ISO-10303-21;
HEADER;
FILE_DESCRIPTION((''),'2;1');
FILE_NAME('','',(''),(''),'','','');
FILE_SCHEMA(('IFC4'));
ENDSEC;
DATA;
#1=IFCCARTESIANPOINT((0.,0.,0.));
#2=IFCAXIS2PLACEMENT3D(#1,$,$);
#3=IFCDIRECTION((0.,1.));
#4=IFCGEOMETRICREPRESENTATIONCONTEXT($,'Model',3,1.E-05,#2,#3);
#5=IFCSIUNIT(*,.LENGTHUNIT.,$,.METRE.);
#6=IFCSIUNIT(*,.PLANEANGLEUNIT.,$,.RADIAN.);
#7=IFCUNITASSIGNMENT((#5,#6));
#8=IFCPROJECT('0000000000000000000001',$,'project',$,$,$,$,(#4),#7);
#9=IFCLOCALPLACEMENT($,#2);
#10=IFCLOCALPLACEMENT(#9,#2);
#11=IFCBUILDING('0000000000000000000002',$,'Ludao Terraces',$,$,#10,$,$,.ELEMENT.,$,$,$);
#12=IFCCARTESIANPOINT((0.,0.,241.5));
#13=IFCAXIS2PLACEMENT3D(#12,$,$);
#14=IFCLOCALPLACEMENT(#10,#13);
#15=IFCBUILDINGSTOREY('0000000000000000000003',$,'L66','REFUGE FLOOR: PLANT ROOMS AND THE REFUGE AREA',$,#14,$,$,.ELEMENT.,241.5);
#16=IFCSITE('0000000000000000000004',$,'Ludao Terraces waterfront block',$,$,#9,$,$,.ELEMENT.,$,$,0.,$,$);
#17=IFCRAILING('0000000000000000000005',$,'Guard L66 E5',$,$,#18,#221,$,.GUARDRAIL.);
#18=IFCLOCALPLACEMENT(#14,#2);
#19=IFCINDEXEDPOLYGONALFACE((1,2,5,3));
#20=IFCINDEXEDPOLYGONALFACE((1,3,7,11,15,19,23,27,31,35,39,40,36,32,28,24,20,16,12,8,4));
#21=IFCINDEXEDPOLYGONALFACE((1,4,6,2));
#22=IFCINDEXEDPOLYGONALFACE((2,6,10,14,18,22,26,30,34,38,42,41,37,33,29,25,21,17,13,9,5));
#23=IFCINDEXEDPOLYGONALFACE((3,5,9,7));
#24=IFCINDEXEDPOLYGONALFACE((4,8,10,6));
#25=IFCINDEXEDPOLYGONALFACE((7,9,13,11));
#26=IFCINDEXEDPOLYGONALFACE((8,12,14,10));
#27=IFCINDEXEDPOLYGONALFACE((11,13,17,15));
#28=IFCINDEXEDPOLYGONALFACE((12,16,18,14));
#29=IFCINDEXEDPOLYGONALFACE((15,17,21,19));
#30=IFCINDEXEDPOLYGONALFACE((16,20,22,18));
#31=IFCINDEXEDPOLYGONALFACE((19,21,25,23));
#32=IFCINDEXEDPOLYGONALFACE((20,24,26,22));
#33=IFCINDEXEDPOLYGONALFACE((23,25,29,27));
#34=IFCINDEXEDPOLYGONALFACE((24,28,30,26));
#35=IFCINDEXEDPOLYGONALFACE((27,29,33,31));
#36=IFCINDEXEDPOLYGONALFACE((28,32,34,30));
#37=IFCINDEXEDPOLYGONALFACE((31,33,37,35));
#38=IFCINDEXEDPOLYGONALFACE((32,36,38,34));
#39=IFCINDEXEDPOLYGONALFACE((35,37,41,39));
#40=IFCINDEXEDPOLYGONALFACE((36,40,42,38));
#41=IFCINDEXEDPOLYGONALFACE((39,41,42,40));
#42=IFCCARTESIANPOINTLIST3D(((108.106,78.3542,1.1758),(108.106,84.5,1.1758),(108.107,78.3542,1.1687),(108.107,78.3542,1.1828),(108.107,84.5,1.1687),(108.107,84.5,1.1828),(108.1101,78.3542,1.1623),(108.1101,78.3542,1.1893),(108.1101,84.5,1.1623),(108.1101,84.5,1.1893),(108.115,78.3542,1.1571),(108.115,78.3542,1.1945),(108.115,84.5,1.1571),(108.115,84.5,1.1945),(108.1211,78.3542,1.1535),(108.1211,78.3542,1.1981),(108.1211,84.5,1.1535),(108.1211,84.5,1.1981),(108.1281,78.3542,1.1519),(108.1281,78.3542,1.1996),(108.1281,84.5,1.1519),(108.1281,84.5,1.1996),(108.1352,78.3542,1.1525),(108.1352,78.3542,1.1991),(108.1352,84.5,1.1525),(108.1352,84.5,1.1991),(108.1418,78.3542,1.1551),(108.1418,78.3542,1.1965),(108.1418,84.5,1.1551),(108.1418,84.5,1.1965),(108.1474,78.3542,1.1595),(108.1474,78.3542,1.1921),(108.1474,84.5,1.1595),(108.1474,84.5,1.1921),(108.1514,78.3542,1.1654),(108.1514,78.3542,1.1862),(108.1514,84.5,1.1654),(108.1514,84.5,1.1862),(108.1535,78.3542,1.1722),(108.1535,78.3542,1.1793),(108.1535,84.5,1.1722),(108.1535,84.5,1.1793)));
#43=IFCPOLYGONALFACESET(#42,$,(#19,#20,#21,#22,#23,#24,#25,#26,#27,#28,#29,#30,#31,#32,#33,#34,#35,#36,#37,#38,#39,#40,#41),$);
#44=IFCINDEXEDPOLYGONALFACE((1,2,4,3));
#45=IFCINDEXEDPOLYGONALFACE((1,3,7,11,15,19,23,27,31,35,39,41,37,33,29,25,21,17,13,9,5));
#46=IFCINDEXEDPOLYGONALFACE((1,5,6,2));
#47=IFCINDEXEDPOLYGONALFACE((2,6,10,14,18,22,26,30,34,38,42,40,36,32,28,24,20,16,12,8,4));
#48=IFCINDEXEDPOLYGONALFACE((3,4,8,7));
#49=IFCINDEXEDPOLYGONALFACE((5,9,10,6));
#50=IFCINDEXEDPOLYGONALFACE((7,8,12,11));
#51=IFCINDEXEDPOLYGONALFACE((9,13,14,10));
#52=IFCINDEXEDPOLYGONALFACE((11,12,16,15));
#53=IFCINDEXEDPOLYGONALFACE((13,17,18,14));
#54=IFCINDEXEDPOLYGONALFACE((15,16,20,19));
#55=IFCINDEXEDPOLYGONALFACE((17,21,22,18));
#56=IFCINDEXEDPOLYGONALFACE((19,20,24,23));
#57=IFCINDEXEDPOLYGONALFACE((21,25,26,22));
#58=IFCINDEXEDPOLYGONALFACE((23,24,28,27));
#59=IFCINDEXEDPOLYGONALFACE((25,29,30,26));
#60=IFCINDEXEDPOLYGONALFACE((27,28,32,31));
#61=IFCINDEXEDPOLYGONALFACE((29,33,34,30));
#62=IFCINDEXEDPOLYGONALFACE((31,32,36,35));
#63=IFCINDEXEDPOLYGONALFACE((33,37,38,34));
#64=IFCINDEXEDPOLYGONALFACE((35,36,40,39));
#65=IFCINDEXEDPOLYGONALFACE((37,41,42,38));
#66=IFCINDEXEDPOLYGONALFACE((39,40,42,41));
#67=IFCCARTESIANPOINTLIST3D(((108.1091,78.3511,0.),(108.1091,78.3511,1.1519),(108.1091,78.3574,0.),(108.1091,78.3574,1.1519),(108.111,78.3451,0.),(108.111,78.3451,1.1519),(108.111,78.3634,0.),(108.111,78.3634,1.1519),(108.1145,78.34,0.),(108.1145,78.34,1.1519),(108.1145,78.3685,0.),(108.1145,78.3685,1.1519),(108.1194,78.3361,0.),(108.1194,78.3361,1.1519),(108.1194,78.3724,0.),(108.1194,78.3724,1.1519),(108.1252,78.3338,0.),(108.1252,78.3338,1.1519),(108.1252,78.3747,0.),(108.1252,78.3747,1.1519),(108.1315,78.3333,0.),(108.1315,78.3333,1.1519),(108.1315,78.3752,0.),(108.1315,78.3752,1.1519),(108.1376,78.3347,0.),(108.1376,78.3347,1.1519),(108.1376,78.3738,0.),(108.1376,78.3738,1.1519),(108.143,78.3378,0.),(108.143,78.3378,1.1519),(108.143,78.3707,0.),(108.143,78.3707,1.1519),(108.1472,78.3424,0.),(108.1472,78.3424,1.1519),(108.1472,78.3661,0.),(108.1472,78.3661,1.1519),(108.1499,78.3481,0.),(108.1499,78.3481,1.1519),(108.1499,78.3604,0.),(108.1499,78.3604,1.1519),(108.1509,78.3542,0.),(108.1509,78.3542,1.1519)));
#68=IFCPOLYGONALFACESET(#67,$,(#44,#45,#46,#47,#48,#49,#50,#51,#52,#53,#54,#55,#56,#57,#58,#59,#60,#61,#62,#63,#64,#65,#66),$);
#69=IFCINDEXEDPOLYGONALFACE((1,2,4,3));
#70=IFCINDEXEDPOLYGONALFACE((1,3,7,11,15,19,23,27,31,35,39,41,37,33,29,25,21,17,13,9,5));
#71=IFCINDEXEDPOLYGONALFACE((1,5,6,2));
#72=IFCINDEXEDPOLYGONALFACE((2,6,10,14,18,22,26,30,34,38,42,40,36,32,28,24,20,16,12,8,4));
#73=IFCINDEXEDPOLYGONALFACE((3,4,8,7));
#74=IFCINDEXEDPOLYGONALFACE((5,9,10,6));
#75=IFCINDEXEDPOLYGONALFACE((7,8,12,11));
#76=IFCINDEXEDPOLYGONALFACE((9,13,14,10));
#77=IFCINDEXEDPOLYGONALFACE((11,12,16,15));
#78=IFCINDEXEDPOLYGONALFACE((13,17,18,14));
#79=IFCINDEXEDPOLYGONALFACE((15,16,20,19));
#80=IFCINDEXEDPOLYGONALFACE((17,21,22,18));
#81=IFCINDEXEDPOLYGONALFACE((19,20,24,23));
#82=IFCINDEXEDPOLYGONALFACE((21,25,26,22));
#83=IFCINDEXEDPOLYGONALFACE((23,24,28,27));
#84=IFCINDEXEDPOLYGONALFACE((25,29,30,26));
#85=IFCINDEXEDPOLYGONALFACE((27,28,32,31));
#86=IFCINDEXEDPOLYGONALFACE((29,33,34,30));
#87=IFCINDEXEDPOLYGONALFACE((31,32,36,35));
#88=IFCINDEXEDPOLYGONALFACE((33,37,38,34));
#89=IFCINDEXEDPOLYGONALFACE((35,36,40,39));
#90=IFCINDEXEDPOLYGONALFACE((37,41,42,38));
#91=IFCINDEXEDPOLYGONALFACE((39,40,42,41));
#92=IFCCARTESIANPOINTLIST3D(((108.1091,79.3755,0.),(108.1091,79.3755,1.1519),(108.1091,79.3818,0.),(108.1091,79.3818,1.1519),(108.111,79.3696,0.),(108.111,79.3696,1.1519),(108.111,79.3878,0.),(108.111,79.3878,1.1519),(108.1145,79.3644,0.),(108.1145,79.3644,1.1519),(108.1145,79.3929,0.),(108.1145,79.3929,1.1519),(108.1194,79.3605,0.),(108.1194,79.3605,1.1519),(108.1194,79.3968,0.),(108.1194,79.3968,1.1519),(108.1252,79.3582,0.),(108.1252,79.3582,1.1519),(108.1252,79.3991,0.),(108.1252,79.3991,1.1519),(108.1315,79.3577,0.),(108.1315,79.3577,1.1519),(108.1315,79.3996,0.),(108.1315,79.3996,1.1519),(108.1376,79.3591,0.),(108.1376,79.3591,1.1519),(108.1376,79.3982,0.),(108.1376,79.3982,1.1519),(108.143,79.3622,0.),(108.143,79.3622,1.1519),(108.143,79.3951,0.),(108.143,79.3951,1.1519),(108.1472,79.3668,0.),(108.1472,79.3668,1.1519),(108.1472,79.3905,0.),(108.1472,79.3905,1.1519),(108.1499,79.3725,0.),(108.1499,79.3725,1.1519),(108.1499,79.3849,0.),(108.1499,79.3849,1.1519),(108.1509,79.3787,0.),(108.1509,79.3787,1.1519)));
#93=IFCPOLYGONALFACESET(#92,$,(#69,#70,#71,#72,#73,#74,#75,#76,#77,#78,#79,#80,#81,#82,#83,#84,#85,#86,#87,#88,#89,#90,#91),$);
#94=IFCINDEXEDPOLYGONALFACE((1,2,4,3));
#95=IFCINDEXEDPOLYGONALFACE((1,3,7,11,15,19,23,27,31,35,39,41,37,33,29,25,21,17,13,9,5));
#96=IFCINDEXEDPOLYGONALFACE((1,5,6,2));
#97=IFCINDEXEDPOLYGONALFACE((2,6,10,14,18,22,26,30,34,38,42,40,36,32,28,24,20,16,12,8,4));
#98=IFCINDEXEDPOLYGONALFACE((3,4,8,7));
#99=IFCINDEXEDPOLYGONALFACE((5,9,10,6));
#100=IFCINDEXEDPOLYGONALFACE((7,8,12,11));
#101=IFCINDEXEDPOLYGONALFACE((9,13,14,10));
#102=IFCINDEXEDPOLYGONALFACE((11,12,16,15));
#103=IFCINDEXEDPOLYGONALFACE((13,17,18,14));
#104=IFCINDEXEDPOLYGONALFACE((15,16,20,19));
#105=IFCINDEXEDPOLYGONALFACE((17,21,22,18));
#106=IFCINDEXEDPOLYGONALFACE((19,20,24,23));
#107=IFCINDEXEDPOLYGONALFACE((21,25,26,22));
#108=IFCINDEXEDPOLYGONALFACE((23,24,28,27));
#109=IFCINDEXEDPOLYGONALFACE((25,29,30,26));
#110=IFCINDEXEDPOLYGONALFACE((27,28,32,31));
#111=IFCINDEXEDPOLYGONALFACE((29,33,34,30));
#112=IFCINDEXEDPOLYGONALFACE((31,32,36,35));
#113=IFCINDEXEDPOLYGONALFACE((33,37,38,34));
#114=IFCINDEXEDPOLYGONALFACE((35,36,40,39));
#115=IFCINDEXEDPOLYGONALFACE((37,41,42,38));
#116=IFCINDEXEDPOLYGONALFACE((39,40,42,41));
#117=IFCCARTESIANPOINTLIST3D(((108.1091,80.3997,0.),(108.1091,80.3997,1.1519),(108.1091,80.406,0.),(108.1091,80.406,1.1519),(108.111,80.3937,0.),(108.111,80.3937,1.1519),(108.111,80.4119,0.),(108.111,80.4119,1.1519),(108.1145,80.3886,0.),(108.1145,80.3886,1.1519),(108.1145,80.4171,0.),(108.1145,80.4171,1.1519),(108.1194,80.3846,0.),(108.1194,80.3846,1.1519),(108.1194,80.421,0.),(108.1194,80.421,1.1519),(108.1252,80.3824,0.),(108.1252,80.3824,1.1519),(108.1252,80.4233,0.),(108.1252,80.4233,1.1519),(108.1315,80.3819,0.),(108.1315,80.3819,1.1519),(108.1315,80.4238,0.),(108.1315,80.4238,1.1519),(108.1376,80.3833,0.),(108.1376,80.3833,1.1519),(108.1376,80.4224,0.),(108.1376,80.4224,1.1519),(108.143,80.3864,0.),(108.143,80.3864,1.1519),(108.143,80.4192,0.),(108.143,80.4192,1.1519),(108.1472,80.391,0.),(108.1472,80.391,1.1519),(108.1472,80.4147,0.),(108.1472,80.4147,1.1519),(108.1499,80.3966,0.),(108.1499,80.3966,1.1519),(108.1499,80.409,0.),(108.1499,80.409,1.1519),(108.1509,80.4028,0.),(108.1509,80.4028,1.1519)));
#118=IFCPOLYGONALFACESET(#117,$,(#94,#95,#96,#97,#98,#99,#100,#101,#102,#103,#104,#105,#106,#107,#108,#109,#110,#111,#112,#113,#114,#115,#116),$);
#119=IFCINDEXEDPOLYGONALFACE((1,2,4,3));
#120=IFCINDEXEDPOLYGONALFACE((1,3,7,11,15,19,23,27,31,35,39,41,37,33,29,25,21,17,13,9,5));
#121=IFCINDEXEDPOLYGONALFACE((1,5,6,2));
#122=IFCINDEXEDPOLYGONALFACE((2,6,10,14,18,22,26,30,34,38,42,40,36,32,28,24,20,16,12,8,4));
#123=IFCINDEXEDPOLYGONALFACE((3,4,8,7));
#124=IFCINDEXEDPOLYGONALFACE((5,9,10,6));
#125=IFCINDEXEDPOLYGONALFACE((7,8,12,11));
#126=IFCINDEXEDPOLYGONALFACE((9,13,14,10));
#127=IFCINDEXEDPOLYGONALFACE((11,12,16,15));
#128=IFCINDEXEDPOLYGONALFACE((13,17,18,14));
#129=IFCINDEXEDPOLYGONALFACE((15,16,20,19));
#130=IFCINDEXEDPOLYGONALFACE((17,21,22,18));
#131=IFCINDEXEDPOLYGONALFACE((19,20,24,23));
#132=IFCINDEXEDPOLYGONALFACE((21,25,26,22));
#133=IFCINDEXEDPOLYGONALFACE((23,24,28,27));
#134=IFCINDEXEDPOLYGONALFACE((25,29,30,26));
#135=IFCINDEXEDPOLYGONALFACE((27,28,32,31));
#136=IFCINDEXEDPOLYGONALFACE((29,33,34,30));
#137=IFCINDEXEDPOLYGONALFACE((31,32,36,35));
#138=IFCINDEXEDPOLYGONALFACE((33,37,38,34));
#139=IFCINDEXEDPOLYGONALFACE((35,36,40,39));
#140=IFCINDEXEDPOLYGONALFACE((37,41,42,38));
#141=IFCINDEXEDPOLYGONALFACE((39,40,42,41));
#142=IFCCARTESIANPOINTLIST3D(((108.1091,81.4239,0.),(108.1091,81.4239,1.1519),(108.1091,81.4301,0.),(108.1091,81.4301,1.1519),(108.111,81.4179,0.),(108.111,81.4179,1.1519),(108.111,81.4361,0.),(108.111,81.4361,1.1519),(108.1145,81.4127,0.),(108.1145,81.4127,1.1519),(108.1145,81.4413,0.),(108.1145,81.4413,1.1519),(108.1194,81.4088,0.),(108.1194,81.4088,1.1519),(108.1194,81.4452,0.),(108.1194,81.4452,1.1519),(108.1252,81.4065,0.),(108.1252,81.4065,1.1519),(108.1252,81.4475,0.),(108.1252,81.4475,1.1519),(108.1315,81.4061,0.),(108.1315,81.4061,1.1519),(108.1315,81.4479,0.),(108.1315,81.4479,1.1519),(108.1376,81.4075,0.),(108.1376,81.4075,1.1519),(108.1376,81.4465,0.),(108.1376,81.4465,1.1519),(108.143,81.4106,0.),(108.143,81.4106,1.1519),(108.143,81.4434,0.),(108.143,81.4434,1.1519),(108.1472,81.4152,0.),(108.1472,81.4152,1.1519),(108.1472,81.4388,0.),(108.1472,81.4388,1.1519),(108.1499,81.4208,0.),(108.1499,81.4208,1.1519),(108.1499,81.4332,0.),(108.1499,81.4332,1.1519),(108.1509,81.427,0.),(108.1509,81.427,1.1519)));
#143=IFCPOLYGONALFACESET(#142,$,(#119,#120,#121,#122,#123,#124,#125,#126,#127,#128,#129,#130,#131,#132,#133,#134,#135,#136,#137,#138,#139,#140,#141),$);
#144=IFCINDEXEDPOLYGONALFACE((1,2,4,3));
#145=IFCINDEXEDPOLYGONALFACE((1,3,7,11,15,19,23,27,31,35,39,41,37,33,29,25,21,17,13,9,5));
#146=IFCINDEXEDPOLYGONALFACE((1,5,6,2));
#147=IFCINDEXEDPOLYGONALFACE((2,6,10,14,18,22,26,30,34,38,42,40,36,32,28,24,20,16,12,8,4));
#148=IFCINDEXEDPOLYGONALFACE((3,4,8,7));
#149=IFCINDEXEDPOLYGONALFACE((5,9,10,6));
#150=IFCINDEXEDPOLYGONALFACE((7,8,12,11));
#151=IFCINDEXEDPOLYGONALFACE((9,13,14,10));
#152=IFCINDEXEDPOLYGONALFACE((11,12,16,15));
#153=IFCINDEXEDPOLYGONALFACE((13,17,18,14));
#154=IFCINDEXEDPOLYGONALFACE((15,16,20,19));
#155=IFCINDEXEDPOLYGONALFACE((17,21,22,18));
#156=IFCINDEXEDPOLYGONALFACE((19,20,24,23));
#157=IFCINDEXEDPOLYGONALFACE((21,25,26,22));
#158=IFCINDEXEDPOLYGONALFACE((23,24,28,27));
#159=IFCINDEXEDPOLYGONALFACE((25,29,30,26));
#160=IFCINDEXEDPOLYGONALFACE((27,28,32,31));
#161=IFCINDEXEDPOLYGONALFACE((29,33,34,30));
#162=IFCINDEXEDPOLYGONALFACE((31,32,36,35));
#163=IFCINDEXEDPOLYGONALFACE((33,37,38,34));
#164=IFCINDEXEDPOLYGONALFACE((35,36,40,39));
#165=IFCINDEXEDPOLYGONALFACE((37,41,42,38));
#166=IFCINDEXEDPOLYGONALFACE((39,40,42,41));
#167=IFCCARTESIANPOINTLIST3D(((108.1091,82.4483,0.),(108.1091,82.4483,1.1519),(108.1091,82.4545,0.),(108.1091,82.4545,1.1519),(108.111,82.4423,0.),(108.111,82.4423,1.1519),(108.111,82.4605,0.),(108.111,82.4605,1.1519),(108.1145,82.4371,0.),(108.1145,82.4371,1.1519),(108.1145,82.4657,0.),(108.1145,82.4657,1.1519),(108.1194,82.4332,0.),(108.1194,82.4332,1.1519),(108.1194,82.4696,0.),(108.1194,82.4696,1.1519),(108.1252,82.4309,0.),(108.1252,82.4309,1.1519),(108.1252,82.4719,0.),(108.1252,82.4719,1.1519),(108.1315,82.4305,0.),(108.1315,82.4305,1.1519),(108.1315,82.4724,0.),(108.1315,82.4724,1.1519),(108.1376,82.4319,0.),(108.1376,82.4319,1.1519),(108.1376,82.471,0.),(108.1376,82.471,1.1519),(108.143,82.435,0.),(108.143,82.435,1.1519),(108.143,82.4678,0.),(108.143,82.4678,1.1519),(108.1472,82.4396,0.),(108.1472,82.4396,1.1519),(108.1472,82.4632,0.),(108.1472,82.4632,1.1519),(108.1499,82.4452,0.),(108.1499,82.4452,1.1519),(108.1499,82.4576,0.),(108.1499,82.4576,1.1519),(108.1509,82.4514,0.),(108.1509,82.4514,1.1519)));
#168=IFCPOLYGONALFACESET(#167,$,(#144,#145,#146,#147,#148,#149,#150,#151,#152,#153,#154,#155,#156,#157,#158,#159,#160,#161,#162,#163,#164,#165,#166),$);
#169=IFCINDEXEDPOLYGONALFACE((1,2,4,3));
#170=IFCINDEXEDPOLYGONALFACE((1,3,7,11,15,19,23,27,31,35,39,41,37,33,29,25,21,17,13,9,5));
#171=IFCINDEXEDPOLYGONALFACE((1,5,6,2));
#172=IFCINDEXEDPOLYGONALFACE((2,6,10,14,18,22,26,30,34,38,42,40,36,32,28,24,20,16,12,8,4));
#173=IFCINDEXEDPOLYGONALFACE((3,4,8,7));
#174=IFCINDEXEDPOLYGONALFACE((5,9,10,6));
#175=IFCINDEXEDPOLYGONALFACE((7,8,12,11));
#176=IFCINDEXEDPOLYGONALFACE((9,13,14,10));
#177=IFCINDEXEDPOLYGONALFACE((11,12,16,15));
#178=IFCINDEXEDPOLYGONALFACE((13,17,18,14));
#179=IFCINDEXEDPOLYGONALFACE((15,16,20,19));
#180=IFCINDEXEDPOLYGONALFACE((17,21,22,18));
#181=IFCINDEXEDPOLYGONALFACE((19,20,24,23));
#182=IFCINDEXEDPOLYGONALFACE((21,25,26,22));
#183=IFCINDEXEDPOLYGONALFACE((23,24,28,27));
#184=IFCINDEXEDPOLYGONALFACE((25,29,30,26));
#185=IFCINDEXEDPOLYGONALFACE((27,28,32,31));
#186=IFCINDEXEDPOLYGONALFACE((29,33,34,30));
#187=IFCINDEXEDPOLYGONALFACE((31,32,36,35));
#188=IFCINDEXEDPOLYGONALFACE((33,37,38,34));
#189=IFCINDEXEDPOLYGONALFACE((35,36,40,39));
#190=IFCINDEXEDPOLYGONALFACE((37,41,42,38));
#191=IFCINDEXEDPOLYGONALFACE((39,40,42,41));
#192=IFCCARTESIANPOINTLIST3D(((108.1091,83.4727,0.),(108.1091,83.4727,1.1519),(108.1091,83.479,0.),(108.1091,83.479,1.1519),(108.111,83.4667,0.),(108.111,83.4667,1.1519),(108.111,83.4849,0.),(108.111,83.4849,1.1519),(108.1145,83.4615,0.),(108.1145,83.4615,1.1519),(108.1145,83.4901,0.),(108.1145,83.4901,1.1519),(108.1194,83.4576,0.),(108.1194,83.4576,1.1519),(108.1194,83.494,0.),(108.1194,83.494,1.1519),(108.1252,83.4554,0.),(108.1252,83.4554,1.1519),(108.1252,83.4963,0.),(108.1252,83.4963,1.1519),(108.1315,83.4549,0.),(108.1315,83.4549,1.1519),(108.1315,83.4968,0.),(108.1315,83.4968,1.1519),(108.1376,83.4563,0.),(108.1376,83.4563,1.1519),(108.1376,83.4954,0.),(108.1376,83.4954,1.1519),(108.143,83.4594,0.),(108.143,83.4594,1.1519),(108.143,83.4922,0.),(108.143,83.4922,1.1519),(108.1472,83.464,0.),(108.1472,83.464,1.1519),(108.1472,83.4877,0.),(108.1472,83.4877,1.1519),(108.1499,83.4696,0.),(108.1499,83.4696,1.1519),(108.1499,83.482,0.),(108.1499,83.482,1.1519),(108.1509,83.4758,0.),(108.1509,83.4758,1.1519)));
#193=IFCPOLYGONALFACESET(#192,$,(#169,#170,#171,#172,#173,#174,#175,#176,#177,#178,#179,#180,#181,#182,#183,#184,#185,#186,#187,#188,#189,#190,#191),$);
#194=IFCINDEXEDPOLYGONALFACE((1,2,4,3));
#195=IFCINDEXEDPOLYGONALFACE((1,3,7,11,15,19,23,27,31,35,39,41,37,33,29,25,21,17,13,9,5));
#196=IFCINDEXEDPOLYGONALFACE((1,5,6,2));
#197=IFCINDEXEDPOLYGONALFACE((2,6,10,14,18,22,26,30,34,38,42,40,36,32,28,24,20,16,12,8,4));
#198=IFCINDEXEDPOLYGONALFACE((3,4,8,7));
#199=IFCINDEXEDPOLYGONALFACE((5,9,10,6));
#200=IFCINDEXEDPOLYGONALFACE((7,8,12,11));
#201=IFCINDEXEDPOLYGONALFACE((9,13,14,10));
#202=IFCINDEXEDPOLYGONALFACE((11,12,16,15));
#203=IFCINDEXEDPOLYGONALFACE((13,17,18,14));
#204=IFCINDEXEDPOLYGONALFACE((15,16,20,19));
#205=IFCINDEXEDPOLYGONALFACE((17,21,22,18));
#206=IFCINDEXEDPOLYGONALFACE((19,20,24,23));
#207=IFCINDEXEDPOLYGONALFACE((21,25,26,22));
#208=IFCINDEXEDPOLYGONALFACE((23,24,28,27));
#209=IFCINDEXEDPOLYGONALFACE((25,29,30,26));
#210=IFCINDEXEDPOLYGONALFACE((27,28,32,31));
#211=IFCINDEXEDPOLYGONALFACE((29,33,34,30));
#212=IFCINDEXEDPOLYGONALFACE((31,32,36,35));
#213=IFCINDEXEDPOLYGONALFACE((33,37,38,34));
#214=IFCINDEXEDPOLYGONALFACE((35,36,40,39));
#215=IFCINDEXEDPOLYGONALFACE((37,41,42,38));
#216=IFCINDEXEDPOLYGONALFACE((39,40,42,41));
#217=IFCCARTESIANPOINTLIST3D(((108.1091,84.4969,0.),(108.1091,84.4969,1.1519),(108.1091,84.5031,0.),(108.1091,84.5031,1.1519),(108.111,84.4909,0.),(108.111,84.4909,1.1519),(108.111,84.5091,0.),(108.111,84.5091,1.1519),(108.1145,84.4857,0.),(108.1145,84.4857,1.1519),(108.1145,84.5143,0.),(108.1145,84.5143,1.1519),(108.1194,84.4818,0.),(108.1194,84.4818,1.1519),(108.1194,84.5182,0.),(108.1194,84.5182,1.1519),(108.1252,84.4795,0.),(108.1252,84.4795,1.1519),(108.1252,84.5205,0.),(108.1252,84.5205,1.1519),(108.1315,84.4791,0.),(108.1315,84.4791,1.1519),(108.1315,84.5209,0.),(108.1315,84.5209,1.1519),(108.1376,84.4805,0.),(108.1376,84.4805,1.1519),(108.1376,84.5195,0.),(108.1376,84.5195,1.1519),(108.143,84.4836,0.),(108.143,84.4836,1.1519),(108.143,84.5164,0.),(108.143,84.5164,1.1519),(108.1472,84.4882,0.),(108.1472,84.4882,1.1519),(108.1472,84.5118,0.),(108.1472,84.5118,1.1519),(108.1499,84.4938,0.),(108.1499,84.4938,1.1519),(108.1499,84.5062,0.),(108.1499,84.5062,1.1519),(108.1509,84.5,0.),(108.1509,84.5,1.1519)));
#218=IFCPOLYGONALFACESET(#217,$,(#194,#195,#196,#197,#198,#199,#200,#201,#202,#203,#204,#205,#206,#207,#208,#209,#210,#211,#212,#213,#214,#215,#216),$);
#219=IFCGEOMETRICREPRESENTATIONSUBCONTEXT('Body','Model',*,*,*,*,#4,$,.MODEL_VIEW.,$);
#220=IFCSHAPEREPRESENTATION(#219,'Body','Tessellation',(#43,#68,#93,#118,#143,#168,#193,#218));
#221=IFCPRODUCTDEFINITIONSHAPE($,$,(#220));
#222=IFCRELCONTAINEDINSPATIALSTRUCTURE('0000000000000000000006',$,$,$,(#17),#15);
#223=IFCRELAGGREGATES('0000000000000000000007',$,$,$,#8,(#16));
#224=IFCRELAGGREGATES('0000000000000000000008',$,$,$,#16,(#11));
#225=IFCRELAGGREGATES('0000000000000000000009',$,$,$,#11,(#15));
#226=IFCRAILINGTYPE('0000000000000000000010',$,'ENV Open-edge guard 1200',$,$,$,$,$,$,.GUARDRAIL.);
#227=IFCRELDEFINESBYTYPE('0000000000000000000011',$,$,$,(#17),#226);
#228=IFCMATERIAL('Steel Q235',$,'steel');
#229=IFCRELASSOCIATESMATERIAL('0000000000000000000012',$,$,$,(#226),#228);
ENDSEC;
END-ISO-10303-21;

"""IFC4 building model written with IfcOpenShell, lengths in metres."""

from ifc_helpers import new_model, si_unit, direction, frame, origin, origin_2d, place, context, subcontext, project, spatial, circle, extrude, material, type_object, element, save


model = new_model("IFC4")

# Units and contexts
model_context = context("Model", 3, precision=1e-05, world=origin(), true_north=direction((0.0, 1.0)))
body_context = subcontext(model_context, "Body", "Model", "MODEL_VIEW")
ifc_project = project(units=[si_unit("LENGTHUNIT", "METRE"), si_unit("PLANEANGLEUNIT", "RADIAN")], contexts=[model_context])

# Site, building, storey
site_placement = place(None, origin())
site = spatial("IfcSite", under=ifc_project, at=site_placement, Name="Ludao Terraces waterfront block", CompositionType="ELEMENT", RefElevation=0.0)
building_placement = place(site_placement, origin())
building = spatial("IfcBuilding", under=site, at=building_placement, Name="Ludao Terraces", CompositionType="ELEMENT")
storey_placement = place(building_placement, frame((0.0, 0.0, 241.5)))
storey = spatial("IfcBuildingStorey", under=building, at=storey_placement, Name="L66", Description="REFUGE FLOOR: PLANT ROOMS AND THE REFUGE AREA", CompositionType="ELEMENT", Elevation=241.5)

# Railing
ifc_material_1 = material(Name="Steel Q235", Category="steel")
railing_type = type_object("IfcRailingType", Name="ENV Open-edge guard 1200", PredefinedType="GUARDRAIL", material=ifc_material_1)
railing_1_placement = place(storey_placement, frame((108.1299, 78.3542, 0.0)))
element("IfcRailing", 1, at=railing_1_placement, inside=storey, type_object=railing_type, Name="Guard L66 E5", PredefinedType="GUARDRAIL", context=body_context, shape_type="SweptSolid", body=[
    extrude(circle(Radius=0.0239, at=origin_2d()), frame((0.0, 0.0, 1.1758), z_axis=(0.0, 1.0, 0.0), x_axis=(-1.0, 0.0, 0.0)), (0.0, 0.0, 1.0), 6.1458),
    extrude(circle(Radius=0.021, at=origin_2d()), origin(), (0.0, 0.0, 1.0), 1.1519),
    extrude(circle(Radius=0.021, at=origin_2d()), frame((0.0, 1.0244, 0.0)), (0.0, 0.0, 1.0), 1.1519),
    extrude(circle(Radius=0.021, at=origin_2d()), frame((0.0, 2.0486, 0.0)), (0.0, 0.0, 1.0), 1.1519),
    extrude(circle(Radius=0.021, at=origin_2d()), frame((0.0, 3.0728, 0.0)), (0.0, 0.0, 1.0), 1.1519),
    extrude(circle(Radius=0.021, at=origin_2d()), frame((0.0, 4.0972, 0.0)), (0.0, 0.0, 1.0), 1.1519),
    extrude(circle(Radius=0.021, at=origin_2d()), frame((0.0, 5.1216, 0.0)), (0.0, 0.0, 1.0), 1.1519),
    extrude(circle(Radius=0.021, at=origin_2d()), frame((0.0, 6.1458, 0.0)), (0.0, 0.0, 1.0), 1.1519),
])

save(model, "model.ifc")
